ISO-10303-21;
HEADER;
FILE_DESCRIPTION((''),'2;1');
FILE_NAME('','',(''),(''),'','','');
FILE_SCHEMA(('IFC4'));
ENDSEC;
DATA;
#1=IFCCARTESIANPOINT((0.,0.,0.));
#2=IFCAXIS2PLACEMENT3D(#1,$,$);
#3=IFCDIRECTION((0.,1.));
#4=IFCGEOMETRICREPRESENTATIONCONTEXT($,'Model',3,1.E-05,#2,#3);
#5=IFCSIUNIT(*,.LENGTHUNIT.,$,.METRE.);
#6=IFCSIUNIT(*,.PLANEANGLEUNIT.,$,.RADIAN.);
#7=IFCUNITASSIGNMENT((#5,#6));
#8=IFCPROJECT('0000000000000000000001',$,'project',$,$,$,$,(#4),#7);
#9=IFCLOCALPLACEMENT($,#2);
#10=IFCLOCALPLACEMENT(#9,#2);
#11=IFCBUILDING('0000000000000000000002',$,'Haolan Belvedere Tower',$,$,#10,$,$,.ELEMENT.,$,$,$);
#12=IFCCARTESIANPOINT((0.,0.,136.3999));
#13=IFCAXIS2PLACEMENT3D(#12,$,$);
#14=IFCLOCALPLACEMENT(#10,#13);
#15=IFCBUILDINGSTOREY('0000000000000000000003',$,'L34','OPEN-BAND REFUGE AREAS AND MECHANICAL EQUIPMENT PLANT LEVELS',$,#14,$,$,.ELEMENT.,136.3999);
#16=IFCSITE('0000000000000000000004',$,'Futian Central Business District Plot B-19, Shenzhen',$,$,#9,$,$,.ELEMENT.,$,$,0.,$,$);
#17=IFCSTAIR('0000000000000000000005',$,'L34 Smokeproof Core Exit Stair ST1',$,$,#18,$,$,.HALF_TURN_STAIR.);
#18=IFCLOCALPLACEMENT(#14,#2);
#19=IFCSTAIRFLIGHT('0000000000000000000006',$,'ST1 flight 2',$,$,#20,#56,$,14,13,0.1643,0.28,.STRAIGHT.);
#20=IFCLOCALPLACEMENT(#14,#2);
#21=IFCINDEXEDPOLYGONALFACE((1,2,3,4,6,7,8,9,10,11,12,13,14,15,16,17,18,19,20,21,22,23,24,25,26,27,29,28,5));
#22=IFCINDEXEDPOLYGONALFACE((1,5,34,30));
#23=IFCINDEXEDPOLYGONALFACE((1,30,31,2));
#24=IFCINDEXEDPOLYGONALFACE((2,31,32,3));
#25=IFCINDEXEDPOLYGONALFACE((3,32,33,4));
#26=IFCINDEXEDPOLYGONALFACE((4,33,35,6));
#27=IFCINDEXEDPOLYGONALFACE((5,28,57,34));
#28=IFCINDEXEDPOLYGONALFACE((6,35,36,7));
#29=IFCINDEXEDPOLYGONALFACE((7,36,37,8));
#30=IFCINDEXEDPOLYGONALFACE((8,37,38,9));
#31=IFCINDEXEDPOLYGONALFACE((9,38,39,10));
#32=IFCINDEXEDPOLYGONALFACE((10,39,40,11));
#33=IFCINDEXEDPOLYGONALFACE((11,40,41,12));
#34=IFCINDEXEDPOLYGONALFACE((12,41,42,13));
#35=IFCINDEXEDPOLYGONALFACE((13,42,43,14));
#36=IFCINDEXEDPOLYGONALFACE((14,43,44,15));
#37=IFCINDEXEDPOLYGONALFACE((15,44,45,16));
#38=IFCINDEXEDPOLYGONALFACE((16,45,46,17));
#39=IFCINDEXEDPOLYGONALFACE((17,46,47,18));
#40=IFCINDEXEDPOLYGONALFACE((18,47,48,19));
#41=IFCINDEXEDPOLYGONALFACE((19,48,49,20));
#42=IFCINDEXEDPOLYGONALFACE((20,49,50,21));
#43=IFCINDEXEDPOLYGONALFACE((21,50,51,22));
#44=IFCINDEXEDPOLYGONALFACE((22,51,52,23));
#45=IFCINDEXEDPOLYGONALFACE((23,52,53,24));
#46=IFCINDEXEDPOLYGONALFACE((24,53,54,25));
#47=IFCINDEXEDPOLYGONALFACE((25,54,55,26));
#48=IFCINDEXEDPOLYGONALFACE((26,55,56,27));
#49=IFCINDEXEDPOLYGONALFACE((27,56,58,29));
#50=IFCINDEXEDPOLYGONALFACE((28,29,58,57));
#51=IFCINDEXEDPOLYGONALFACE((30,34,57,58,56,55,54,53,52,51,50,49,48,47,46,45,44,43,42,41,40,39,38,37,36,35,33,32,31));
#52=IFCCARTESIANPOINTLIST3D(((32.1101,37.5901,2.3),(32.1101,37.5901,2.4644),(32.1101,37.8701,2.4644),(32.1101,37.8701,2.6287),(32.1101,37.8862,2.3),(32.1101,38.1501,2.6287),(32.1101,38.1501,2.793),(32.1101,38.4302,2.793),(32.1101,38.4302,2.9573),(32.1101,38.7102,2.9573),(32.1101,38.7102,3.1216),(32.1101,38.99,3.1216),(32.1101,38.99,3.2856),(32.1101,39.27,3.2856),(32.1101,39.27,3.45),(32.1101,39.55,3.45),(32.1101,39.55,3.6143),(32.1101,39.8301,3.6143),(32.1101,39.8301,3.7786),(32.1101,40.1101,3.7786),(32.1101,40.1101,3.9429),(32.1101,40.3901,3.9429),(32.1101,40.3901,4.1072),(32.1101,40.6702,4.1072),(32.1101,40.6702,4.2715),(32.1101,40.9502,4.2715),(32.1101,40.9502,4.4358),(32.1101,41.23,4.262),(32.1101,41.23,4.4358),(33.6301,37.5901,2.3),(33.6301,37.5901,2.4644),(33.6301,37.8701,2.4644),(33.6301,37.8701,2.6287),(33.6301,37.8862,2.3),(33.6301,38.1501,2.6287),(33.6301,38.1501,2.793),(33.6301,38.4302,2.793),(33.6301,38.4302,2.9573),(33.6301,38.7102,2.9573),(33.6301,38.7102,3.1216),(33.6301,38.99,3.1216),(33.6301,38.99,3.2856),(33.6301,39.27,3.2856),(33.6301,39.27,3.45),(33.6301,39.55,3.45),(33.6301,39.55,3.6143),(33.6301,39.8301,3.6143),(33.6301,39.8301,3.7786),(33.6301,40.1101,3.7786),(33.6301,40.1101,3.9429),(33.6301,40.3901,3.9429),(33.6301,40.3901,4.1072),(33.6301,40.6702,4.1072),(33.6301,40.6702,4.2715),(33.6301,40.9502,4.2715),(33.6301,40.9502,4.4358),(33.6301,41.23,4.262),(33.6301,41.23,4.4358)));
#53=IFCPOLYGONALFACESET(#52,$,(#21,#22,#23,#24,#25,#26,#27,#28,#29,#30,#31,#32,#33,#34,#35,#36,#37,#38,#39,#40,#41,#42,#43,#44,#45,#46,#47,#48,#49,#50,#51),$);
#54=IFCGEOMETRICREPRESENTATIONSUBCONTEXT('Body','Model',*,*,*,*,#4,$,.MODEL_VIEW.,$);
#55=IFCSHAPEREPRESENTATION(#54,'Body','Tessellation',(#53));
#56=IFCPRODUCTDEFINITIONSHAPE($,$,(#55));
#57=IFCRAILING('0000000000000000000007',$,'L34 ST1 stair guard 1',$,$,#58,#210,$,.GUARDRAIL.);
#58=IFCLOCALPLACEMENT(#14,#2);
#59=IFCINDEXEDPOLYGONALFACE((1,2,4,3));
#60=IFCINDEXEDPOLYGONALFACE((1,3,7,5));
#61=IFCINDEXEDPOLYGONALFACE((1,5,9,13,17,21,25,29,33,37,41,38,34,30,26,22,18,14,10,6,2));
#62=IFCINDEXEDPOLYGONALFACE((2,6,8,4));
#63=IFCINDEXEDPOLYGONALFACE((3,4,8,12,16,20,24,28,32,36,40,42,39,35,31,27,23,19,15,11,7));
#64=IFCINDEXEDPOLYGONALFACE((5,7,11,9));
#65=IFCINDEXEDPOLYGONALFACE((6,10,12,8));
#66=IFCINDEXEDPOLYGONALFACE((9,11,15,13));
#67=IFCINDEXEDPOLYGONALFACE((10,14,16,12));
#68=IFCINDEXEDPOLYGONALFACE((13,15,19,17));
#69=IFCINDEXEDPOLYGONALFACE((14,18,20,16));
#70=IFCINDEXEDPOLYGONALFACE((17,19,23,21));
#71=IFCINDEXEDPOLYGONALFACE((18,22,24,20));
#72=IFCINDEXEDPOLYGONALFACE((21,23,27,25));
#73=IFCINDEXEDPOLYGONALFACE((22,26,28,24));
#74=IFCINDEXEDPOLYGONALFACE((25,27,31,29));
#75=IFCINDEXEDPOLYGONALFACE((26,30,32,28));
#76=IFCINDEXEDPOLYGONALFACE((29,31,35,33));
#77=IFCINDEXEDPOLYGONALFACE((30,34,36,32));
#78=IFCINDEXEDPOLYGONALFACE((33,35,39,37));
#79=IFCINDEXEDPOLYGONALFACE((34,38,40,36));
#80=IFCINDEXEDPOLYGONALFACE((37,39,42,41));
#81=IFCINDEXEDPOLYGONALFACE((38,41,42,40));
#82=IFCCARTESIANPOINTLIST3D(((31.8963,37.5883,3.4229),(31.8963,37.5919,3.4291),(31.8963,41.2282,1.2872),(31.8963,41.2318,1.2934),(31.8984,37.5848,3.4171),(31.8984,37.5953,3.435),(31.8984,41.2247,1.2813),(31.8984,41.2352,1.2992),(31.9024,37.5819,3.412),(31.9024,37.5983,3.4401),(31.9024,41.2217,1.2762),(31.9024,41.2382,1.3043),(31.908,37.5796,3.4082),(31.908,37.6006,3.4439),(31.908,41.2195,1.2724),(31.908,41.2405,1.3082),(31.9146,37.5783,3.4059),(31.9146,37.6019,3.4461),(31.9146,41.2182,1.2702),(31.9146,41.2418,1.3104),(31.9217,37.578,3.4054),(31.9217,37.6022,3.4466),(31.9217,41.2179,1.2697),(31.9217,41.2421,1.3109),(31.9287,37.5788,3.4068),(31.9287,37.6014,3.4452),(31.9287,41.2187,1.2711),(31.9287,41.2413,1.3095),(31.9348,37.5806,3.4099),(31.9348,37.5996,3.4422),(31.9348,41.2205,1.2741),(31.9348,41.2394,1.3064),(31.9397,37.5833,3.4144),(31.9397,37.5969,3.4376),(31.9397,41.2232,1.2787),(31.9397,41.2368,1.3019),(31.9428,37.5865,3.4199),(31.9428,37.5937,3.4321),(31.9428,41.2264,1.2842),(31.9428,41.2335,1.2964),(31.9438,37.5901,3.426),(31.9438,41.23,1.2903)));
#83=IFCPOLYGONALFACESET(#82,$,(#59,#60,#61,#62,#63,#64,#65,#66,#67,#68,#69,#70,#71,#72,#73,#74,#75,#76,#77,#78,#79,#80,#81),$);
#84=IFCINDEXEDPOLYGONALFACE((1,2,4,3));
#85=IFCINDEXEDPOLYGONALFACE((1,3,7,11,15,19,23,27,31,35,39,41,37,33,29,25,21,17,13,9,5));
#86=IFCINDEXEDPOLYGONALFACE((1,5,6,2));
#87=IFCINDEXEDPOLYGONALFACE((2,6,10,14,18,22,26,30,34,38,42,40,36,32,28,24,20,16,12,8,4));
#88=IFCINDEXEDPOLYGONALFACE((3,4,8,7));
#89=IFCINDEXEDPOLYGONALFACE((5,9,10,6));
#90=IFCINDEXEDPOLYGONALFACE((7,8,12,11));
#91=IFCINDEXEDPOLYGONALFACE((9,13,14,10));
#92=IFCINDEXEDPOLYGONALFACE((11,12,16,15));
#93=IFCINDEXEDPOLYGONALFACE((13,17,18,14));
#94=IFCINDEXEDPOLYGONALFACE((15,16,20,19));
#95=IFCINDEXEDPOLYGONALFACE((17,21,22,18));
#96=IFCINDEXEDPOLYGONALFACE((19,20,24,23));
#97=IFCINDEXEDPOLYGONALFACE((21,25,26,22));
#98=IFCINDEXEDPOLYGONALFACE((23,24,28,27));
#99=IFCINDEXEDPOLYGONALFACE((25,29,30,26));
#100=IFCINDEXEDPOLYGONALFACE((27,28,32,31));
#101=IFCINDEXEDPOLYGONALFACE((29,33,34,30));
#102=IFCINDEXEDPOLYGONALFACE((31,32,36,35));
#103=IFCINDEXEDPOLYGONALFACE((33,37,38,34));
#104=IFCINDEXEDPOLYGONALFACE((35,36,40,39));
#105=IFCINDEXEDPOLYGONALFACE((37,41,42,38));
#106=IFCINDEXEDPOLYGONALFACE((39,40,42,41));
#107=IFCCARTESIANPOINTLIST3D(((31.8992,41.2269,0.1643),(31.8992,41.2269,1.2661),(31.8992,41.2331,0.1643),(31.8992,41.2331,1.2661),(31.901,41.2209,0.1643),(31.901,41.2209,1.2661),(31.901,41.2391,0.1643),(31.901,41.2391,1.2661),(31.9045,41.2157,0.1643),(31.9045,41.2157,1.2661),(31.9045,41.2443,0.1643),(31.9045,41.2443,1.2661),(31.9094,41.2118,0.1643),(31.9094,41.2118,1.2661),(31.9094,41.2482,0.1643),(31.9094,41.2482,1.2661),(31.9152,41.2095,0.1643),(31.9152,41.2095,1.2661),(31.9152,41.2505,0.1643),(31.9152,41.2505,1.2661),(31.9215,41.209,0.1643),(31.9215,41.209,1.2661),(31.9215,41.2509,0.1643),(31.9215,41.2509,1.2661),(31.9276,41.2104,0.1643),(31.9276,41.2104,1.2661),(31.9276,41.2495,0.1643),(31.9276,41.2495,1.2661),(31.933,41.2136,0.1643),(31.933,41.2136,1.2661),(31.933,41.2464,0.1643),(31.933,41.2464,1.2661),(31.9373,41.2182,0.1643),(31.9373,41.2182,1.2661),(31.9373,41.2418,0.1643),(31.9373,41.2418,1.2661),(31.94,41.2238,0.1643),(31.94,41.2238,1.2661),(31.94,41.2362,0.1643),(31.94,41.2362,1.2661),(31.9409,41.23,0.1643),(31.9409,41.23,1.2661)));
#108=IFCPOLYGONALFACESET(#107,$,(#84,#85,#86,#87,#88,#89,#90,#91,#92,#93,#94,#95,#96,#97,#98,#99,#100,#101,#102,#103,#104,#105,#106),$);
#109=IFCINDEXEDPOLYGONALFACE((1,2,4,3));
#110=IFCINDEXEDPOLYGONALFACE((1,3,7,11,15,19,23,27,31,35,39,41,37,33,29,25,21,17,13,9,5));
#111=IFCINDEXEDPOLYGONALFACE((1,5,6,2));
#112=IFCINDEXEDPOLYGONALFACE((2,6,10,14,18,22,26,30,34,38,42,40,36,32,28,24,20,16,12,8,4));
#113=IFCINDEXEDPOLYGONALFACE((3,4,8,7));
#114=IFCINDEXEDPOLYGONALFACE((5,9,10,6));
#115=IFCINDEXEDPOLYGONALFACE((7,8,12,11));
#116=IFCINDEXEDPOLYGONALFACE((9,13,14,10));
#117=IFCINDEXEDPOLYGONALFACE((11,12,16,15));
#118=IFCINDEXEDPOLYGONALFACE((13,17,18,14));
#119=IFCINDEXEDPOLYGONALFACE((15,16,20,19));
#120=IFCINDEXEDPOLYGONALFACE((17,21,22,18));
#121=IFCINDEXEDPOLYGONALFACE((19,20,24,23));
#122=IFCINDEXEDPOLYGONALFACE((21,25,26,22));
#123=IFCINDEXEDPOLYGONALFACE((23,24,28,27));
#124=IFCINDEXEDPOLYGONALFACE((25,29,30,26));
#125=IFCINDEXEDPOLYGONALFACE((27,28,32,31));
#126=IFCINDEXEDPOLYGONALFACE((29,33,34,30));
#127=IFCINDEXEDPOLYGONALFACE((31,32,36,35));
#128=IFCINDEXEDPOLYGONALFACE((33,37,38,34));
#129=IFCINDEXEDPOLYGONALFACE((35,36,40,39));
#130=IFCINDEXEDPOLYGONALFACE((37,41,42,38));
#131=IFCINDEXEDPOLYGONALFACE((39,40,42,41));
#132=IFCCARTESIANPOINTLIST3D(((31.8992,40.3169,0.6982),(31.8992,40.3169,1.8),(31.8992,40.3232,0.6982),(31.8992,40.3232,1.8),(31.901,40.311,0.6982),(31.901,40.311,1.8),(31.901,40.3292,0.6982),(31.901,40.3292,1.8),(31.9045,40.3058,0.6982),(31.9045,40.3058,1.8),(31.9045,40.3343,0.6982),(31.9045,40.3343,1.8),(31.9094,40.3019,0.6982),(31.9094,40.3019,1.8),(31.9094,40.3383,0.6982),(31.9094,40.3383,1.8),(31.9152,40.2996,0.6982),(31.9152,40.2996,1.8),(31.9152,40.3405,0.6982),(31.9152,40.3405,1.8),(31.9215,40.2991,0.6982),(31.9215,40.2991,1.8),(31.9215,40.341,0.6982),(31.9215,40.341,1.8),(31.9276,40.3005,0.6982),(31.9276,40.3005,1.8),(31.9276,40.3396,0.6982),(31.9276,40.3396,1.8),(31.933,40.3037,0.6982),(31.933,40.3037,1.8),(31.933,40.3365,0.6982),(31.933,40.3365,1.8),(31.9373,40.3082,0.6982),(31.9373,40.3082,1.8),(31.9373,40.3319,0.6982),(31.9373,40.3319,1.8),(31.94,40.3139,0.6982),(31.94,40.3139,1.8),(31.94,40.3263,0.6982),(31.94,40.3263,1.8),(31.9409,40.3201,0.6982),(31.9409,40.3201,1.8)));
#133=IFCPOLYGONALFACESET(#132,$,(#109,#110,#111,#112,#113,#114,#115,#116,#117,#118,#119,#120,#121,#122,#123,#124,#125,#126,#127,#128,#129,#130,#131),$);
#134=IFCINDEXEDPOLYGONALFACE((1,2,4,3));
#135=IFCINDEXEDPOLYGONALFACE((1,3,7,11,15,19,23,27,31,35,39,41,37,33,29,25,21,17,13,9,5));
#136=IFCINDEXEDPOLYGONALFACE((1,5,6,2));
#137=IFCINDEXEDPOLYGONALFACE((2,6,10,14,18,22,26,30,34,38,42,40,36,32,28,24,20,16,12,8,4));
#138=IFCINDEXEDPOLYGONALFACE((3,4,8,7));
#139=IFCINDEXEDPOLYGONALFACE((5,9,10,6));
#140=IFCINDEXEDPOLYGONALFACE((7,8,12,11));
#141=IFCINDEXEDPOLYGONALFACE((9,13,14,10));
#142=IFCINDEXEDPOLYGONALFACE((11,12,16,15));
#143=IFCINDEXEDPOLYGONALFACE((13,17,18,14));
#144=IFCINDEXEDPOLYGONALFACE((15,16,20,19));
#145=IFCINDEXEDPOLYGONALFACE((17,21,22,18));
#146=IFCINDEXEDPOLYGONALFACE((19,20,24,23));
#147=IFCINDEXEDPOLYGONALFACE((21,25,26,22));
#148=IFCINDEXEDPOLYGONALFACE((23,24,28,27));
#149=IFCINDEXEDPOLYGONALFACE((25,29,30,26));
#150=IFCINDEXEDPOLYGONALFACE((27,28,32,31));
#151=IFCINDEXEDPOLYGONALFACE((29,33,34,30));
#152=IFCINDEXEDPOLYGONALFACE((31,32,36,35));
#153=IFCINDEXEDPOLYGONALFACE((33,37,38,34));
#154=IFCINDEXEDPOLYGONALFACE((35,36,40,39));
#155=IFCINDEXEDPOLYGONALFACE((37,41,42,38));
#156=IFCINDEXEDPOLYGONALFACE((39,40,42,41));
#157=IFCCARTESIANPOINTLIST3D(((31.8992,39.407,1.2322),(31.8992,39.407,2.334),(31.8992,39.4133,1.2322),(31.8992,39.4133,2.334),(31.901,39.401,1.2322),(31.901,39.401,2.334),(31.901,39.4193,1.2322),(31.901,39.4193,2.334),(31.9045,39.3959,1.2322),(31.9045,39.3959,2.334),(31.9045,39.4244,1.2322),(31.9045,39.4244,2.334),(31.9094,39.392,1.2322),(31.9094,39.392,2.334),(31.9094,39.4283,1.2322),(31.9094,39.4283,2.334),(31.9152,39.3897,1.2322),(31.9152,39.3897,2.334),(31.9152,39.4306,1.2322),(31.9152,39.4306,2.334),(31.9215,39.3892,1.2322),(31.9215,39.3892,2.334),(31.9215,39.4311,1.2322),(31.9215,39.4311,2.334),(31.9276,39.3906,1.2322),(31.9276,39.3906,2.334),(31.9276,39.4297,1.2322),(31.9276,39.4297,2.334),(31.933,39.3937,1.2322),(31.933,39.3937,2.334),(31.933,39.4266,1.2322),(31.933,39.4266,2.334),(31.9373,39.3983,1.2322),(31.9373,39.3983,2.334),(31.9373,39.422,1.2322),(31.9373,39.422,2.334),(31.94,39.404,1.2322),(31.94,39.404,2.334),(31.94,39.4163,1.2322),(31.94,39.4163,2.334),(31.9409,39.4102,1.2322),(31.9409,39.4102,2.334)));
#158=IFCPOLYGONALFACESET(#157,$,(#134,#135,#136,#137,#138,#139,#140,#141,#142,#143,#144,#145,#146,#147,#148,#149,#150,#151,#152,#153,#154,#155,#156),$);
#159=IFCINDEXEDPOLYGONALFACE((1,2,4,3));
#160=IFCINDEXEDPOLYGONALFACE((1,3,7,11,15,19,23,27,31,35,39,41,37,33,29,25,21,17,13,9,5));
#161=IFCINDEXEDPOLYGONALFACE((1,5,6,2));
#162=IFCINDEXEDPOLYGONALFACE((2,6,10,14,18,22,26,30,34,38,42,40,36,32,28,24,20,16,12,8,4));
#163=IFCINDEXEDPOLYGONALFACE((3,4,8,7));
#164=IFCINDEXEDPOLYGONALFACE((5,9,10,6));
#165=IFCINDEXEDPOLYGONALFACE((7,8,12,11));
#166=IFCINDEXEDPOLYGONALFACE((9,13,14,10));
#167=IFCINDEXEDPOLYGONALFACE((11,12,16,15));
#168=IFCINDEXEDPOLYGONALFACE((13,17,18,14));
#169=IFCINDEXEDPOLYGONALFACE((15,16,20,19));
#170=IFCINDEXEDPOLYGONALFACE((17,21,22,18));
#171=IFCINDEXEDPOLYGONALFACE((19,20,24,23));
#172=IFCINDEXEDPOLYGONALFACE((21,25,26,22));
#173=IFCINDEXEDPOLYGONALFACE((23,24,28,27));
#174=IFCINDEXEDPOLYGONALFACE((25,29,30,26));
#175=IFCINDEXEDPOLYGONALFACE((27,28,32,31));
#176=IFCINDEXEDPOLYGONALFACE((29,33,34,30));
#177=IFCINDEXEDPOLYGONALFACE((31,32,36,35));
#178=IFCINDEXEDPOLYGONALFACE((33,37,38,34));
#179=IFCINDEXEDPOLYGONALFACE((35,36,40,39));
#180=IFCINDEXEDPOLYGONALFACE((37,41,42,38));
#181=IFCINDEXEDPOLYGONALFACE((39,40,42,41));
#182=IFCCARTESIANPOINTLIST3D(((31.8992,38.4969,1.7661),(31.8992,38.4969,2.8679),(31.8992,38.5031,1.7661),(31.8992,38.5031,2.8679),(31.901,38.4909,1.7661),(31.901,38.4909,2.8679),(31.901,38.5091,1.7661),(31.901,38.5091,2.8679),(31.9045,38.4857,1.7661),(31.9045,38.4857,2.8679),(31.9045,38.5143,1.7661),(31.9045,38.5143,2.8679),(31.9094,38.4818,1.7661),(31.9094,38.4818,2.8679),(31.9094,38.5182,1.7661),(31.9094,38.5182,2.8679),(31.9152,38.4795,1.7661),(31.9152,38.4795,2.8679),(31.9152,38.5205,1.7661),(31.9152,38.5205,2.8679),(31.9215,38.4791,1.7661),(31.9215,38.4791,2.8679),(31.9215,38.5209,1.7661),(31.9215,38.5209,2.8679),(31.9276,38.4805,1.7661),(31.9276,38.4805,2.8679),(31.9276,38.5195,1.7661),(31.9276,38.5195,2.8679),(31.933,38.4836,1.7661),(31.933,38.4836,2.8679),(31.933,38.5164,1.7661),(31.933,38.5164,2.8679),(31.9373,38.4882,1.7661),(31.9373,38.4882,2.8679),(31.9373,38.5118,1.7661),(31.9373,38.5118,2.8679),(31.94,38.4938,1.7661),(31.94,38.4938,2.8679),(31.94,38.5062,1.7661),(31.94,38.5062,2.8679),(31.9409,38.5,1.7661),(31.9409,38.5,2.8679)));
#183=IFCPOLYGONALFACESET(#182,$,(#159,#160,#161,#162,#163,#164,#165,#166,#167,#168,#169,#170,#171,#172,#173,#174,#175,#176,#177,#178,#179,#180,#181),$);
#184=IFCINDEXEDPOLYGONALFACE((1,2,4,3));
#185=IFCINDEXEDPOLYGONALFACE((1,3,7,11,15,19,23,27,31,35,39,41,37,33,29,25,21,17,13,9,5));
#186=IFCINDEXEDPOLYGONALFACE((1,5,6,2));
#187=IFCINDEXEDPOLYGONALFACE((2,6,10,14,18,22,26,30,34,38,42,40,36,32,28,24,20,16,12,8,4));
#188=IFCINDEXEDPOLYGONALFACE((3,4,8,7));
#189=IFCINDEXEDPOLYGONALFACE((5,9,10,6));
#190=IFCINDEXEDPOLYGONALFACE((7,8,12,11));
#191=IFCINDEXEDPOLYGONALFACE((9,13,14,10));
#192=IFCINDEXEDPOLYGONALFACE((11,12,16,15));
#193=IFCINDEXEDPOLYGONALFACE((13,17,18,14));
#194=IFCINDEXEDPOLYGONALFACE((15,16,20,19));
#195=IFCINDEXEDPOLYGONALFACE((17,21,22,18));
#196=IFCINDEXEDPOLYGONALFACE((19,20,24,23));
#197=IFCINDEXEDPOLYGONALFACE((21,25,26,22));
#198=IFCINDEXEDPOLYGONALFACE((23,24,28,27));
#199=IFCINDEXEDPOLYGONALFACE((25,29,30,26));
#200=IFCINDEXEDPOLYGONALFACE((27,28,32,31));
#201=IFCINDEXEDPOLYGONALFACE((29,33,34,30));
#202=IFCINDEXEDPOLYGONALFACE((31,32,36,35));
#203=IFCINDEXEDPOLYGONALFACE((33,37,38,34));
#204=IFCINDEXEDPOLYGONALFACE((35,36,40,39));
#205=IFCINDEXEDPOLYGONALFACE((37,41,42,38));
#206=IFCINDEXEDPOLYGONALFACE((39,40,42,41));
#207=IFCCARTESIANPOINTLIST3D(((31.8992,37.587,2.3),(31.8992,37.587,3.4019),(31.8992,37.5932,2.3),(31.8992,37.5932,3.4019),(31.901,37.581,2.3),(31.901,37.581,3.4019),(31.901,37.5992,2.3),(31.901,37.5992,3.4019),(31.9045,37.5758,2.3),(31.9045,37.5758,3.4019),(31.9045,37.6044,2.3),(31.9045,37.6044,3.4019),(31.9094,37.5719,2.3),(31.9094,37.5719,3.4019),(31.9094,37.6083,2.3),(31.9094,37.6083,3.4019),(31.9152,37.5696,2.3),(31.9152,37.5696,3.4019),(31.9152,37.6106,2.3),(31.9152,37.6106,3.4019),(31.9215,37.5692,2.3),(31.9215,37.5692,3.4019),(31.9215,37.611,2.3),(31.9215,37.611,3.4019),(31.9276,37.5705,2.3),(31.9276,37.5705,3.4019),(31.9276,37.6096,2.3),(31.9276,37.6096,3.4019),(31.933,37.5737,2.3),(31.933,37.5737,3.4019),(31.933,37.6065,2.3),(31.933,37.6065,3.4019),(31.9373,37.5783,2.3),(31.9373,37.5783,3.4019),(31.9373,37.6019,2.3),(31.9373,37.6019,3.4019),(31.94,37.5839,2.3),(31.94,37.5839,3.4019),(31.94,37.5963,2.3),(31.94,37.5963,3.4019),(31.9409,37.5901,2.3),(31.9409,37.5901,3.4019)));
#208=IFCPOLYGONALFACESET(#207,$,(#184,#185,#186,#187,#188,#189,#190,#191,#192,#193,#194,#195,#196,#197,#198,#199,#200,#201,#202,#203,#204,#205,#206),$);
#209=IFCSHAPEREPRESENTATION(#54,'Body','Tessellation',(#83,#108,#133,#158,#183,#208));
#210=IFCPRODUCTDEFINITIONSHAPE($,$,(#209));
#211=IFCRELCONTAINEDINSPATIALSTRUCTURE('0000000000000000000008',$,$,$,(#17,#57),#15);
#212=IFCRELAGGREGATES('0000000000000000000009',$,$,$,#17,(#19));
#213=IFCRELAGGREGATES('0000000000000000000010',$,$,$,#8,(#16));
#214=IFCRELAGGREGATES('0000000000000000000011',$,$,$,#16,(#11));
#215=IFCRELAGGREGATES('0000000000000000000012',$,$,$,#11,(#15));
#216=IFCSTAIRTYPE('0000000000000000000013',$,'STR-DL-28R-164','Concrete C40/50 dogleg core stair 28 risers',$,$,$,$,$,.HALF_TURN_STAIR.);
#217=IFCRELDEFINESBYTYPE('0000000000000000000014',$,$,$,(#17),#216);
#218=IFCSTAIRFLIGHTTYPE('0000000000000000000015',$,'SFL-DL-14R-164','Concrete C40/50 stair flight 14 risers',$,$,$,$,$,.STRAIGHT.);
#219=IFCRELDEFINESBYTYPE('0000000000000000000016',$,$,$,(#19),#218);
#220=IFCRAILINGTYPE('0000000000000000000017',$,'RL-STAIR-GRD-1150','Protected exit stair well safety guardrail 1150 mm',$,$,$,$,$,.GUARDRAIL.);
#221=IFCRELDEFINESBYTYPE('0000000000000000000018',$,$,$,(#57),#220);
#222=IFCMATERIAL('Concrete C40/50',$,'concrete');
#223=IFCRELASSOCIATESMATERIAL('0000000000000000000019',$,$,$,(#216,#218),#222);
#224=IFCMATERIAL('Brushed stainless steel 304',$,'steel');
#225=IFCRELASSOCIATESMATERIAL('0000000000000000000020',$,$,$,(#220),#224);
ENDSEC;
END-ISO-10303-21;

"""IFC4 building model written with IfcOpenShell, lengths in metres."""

from ifc_helpers import new_model, si_unit, direction, frame, origin, origin_2d, place, context, subcontext, project, spatial, polyline, circle, outline, extrude, material, type_object, element, aggregate, save


model = new_model("IFC4")

# Units and contexts
model_context = context("Model", 3, precision=1e-05, world=origin(), true_north=direction((0.0, 1.0)))
body_context = subcontext(model_context, "Body", "Model", "MODEL_VIEW")
ifc_project = project(units=[si_unit("LENGTHUNIT", "METRE"), si_unit("PLANEANGLEUNIT", "RADIAN")], contexts=[model_context])

# Site, building, storey
site_placement = place(None, origin())
site = spatial("IfcSite", under=ifc_project, at=site_placement, Name="Futian Central Business District Plot B-19, Shenzhen", CompositionType="ELEMENT", RefElevation=0.0)
building_placement = place(site_placement, origin())
building = spatial("IfcBuilding", under=site, at=building_placement, Name="Haolan Belvedere Tower", CompositionType="ELEMENT")
storey_placement = place(building_placement, frame((0.0, 0.0, 136.3999)))
storey = spatial("IfcBuildingStorey", under=building, at=storey_placement, Name="L34", Description="OPEN-BAND REFUGE AREAS AND MECHANICAL EQUIPMENT PLANT LEVELS", CompositionType="ELEMENT", Elevation=136.3999)

# Shared definitions
ifc_material_1 = material(Name="Concrete C40/50", Category="concrete")

# Stair, stair flight
stair_type = type_object("IfcStairType", Name="STR-DL-28R-164", Description="Concrete C40/50 dogleg core stair 28 risers", PredefinedType="HALF_TURN_STAIR", material=ifc_material_1)
stair_placement = place(storey_placement, origin())
stair = element("IfcStair", 1, at=stair_placement, inside=storey, type_object=stair_type, Name="L34 Smokeproof Core Exit Stair ST1", PredefinedType="HALF_TURN_STAIR")
stair_flight_type = type_object("IfcStairFlightType", Name="SFL-DL-14R-164", Description="Concrete C40/50 stair flight 14 risers", PredefinedType="STRAIGHT", material=ifc_material_1)
stair_flight_1_placement = place(storey_placement, frame((32.8701, 37.5901, 2.3), z_axis=(0.0, 0.0, 1.0), x_axis=(0.0, 1.0, 0.0)))
stair_flight_1 = element("IfcStairFlight", 2, at=stair_flight_1_placement, type_object=stair_flight_type, Name="ST1 flight 2", NumberOfRisers=14, NumberOfTreads=13, PredefinedType="STRAIGHT", RiserHeight=0.1643, TreadLength=0.28, context=body_context, shape_type="SweptSolid", body=[
    extrude(outline(polyline([(0.0, 0.0), (0.0, 0.1643), (0.28, 0.1643), (0.28, 0.3286), (0.5601, 0.3286), (0.5601, 0.4929), (0.8401, 0.4929), (0.8401, 0.6572), (1.1201, 0.6572), (1.1201, 0.8215), (1.3999, 0.8215), (1.3999, 0.9856), (1.6799, 0.9856), (1.6799, 1.1499), (1.96, 1.1499), (1.96, 1.3142), (2.24, 1.3142), (2.24, 1.4785), (2.52, 1.4785), (2.52, 1.6428), (2.8, 1.6428), (2.8, 1.8071), (3.0801, 1.8071), (3.0801, 1.9714), (3.3601, 1.9714), (3.3601, 2.1357), (3.6399, 2.1357), (3.6399, 2.3), (3.6399, 1.9619), (0.2961, 0.0), (0.0, 0.0)])), frame((0.0, 0.76, 0.0), z_axis=(0.0, -1.0, 0.0), x_axis=(1.0, 0.0, 0.0)), (0.0, 0.0, 1.0), 1.52),
])
aggregate(stair, [stair_flight_1])

# Railing
ifc_material_2 = material(Name="Brushed stainless steel 304", Category="steel")
railing_type_1 = type_object("IfcRailingType", Name="RL-STAIR-GRD-1150", Description="Protected exit stair well safety guardrail 1150 mm", PredefinedType="GUARDRAIL", material=ifc_material_2)
railing_1_placement = place(storey_placement, frame((31.9199, 41.23, 0.1643)))
element("IfcRailing", 3, at=railing_1_placement, inside=storey, type_object=railing_type_1, Name="L34 ST1 stair guard 1", PredefinedType="GUARDRAIL", context=body_context, shape_type="SweptSolid", body=[
    extrude(circle(Radius=0.0239, at=origin_2d()), frame((0.0, 0.0, 1.126), z_axis=(0.0, -0.86249, 0.506074), x_axis=(1.0, 0.0, 0.0)), (0.0, 0.0, 1.0), 4.2202),
    extrude(circle(Radius=0.021, at=origin_2d()), origin(), (0.0, 0.0, 1.0), 1.1018),
    extrude(circle(Radius=0.021, at=origin_2d()), frame((0.0, -0.9099, 0.5339)), (0.0, 0.0, 1.0), 1.1018),
    extrude(circle(Radius=0.021, at=origin_2d()), frame((0.0, -1.8198, 1.0679)), (0.0, 0.0, 1.0), 1.1018),
    extrude(circle(Radius=0.021, at=origin_2d()), frame((0.0, -2.73, 1.6018)), (0.0, 0.0, 1.0), 1.1018),
    extrude(circle(Radius=0.021, at=origin_2d()), frame((0.0, -3.6399, 2.1357)), (0.0, 0.0, 1.0), 1.1018),
])

save(model, "model.ifc")
